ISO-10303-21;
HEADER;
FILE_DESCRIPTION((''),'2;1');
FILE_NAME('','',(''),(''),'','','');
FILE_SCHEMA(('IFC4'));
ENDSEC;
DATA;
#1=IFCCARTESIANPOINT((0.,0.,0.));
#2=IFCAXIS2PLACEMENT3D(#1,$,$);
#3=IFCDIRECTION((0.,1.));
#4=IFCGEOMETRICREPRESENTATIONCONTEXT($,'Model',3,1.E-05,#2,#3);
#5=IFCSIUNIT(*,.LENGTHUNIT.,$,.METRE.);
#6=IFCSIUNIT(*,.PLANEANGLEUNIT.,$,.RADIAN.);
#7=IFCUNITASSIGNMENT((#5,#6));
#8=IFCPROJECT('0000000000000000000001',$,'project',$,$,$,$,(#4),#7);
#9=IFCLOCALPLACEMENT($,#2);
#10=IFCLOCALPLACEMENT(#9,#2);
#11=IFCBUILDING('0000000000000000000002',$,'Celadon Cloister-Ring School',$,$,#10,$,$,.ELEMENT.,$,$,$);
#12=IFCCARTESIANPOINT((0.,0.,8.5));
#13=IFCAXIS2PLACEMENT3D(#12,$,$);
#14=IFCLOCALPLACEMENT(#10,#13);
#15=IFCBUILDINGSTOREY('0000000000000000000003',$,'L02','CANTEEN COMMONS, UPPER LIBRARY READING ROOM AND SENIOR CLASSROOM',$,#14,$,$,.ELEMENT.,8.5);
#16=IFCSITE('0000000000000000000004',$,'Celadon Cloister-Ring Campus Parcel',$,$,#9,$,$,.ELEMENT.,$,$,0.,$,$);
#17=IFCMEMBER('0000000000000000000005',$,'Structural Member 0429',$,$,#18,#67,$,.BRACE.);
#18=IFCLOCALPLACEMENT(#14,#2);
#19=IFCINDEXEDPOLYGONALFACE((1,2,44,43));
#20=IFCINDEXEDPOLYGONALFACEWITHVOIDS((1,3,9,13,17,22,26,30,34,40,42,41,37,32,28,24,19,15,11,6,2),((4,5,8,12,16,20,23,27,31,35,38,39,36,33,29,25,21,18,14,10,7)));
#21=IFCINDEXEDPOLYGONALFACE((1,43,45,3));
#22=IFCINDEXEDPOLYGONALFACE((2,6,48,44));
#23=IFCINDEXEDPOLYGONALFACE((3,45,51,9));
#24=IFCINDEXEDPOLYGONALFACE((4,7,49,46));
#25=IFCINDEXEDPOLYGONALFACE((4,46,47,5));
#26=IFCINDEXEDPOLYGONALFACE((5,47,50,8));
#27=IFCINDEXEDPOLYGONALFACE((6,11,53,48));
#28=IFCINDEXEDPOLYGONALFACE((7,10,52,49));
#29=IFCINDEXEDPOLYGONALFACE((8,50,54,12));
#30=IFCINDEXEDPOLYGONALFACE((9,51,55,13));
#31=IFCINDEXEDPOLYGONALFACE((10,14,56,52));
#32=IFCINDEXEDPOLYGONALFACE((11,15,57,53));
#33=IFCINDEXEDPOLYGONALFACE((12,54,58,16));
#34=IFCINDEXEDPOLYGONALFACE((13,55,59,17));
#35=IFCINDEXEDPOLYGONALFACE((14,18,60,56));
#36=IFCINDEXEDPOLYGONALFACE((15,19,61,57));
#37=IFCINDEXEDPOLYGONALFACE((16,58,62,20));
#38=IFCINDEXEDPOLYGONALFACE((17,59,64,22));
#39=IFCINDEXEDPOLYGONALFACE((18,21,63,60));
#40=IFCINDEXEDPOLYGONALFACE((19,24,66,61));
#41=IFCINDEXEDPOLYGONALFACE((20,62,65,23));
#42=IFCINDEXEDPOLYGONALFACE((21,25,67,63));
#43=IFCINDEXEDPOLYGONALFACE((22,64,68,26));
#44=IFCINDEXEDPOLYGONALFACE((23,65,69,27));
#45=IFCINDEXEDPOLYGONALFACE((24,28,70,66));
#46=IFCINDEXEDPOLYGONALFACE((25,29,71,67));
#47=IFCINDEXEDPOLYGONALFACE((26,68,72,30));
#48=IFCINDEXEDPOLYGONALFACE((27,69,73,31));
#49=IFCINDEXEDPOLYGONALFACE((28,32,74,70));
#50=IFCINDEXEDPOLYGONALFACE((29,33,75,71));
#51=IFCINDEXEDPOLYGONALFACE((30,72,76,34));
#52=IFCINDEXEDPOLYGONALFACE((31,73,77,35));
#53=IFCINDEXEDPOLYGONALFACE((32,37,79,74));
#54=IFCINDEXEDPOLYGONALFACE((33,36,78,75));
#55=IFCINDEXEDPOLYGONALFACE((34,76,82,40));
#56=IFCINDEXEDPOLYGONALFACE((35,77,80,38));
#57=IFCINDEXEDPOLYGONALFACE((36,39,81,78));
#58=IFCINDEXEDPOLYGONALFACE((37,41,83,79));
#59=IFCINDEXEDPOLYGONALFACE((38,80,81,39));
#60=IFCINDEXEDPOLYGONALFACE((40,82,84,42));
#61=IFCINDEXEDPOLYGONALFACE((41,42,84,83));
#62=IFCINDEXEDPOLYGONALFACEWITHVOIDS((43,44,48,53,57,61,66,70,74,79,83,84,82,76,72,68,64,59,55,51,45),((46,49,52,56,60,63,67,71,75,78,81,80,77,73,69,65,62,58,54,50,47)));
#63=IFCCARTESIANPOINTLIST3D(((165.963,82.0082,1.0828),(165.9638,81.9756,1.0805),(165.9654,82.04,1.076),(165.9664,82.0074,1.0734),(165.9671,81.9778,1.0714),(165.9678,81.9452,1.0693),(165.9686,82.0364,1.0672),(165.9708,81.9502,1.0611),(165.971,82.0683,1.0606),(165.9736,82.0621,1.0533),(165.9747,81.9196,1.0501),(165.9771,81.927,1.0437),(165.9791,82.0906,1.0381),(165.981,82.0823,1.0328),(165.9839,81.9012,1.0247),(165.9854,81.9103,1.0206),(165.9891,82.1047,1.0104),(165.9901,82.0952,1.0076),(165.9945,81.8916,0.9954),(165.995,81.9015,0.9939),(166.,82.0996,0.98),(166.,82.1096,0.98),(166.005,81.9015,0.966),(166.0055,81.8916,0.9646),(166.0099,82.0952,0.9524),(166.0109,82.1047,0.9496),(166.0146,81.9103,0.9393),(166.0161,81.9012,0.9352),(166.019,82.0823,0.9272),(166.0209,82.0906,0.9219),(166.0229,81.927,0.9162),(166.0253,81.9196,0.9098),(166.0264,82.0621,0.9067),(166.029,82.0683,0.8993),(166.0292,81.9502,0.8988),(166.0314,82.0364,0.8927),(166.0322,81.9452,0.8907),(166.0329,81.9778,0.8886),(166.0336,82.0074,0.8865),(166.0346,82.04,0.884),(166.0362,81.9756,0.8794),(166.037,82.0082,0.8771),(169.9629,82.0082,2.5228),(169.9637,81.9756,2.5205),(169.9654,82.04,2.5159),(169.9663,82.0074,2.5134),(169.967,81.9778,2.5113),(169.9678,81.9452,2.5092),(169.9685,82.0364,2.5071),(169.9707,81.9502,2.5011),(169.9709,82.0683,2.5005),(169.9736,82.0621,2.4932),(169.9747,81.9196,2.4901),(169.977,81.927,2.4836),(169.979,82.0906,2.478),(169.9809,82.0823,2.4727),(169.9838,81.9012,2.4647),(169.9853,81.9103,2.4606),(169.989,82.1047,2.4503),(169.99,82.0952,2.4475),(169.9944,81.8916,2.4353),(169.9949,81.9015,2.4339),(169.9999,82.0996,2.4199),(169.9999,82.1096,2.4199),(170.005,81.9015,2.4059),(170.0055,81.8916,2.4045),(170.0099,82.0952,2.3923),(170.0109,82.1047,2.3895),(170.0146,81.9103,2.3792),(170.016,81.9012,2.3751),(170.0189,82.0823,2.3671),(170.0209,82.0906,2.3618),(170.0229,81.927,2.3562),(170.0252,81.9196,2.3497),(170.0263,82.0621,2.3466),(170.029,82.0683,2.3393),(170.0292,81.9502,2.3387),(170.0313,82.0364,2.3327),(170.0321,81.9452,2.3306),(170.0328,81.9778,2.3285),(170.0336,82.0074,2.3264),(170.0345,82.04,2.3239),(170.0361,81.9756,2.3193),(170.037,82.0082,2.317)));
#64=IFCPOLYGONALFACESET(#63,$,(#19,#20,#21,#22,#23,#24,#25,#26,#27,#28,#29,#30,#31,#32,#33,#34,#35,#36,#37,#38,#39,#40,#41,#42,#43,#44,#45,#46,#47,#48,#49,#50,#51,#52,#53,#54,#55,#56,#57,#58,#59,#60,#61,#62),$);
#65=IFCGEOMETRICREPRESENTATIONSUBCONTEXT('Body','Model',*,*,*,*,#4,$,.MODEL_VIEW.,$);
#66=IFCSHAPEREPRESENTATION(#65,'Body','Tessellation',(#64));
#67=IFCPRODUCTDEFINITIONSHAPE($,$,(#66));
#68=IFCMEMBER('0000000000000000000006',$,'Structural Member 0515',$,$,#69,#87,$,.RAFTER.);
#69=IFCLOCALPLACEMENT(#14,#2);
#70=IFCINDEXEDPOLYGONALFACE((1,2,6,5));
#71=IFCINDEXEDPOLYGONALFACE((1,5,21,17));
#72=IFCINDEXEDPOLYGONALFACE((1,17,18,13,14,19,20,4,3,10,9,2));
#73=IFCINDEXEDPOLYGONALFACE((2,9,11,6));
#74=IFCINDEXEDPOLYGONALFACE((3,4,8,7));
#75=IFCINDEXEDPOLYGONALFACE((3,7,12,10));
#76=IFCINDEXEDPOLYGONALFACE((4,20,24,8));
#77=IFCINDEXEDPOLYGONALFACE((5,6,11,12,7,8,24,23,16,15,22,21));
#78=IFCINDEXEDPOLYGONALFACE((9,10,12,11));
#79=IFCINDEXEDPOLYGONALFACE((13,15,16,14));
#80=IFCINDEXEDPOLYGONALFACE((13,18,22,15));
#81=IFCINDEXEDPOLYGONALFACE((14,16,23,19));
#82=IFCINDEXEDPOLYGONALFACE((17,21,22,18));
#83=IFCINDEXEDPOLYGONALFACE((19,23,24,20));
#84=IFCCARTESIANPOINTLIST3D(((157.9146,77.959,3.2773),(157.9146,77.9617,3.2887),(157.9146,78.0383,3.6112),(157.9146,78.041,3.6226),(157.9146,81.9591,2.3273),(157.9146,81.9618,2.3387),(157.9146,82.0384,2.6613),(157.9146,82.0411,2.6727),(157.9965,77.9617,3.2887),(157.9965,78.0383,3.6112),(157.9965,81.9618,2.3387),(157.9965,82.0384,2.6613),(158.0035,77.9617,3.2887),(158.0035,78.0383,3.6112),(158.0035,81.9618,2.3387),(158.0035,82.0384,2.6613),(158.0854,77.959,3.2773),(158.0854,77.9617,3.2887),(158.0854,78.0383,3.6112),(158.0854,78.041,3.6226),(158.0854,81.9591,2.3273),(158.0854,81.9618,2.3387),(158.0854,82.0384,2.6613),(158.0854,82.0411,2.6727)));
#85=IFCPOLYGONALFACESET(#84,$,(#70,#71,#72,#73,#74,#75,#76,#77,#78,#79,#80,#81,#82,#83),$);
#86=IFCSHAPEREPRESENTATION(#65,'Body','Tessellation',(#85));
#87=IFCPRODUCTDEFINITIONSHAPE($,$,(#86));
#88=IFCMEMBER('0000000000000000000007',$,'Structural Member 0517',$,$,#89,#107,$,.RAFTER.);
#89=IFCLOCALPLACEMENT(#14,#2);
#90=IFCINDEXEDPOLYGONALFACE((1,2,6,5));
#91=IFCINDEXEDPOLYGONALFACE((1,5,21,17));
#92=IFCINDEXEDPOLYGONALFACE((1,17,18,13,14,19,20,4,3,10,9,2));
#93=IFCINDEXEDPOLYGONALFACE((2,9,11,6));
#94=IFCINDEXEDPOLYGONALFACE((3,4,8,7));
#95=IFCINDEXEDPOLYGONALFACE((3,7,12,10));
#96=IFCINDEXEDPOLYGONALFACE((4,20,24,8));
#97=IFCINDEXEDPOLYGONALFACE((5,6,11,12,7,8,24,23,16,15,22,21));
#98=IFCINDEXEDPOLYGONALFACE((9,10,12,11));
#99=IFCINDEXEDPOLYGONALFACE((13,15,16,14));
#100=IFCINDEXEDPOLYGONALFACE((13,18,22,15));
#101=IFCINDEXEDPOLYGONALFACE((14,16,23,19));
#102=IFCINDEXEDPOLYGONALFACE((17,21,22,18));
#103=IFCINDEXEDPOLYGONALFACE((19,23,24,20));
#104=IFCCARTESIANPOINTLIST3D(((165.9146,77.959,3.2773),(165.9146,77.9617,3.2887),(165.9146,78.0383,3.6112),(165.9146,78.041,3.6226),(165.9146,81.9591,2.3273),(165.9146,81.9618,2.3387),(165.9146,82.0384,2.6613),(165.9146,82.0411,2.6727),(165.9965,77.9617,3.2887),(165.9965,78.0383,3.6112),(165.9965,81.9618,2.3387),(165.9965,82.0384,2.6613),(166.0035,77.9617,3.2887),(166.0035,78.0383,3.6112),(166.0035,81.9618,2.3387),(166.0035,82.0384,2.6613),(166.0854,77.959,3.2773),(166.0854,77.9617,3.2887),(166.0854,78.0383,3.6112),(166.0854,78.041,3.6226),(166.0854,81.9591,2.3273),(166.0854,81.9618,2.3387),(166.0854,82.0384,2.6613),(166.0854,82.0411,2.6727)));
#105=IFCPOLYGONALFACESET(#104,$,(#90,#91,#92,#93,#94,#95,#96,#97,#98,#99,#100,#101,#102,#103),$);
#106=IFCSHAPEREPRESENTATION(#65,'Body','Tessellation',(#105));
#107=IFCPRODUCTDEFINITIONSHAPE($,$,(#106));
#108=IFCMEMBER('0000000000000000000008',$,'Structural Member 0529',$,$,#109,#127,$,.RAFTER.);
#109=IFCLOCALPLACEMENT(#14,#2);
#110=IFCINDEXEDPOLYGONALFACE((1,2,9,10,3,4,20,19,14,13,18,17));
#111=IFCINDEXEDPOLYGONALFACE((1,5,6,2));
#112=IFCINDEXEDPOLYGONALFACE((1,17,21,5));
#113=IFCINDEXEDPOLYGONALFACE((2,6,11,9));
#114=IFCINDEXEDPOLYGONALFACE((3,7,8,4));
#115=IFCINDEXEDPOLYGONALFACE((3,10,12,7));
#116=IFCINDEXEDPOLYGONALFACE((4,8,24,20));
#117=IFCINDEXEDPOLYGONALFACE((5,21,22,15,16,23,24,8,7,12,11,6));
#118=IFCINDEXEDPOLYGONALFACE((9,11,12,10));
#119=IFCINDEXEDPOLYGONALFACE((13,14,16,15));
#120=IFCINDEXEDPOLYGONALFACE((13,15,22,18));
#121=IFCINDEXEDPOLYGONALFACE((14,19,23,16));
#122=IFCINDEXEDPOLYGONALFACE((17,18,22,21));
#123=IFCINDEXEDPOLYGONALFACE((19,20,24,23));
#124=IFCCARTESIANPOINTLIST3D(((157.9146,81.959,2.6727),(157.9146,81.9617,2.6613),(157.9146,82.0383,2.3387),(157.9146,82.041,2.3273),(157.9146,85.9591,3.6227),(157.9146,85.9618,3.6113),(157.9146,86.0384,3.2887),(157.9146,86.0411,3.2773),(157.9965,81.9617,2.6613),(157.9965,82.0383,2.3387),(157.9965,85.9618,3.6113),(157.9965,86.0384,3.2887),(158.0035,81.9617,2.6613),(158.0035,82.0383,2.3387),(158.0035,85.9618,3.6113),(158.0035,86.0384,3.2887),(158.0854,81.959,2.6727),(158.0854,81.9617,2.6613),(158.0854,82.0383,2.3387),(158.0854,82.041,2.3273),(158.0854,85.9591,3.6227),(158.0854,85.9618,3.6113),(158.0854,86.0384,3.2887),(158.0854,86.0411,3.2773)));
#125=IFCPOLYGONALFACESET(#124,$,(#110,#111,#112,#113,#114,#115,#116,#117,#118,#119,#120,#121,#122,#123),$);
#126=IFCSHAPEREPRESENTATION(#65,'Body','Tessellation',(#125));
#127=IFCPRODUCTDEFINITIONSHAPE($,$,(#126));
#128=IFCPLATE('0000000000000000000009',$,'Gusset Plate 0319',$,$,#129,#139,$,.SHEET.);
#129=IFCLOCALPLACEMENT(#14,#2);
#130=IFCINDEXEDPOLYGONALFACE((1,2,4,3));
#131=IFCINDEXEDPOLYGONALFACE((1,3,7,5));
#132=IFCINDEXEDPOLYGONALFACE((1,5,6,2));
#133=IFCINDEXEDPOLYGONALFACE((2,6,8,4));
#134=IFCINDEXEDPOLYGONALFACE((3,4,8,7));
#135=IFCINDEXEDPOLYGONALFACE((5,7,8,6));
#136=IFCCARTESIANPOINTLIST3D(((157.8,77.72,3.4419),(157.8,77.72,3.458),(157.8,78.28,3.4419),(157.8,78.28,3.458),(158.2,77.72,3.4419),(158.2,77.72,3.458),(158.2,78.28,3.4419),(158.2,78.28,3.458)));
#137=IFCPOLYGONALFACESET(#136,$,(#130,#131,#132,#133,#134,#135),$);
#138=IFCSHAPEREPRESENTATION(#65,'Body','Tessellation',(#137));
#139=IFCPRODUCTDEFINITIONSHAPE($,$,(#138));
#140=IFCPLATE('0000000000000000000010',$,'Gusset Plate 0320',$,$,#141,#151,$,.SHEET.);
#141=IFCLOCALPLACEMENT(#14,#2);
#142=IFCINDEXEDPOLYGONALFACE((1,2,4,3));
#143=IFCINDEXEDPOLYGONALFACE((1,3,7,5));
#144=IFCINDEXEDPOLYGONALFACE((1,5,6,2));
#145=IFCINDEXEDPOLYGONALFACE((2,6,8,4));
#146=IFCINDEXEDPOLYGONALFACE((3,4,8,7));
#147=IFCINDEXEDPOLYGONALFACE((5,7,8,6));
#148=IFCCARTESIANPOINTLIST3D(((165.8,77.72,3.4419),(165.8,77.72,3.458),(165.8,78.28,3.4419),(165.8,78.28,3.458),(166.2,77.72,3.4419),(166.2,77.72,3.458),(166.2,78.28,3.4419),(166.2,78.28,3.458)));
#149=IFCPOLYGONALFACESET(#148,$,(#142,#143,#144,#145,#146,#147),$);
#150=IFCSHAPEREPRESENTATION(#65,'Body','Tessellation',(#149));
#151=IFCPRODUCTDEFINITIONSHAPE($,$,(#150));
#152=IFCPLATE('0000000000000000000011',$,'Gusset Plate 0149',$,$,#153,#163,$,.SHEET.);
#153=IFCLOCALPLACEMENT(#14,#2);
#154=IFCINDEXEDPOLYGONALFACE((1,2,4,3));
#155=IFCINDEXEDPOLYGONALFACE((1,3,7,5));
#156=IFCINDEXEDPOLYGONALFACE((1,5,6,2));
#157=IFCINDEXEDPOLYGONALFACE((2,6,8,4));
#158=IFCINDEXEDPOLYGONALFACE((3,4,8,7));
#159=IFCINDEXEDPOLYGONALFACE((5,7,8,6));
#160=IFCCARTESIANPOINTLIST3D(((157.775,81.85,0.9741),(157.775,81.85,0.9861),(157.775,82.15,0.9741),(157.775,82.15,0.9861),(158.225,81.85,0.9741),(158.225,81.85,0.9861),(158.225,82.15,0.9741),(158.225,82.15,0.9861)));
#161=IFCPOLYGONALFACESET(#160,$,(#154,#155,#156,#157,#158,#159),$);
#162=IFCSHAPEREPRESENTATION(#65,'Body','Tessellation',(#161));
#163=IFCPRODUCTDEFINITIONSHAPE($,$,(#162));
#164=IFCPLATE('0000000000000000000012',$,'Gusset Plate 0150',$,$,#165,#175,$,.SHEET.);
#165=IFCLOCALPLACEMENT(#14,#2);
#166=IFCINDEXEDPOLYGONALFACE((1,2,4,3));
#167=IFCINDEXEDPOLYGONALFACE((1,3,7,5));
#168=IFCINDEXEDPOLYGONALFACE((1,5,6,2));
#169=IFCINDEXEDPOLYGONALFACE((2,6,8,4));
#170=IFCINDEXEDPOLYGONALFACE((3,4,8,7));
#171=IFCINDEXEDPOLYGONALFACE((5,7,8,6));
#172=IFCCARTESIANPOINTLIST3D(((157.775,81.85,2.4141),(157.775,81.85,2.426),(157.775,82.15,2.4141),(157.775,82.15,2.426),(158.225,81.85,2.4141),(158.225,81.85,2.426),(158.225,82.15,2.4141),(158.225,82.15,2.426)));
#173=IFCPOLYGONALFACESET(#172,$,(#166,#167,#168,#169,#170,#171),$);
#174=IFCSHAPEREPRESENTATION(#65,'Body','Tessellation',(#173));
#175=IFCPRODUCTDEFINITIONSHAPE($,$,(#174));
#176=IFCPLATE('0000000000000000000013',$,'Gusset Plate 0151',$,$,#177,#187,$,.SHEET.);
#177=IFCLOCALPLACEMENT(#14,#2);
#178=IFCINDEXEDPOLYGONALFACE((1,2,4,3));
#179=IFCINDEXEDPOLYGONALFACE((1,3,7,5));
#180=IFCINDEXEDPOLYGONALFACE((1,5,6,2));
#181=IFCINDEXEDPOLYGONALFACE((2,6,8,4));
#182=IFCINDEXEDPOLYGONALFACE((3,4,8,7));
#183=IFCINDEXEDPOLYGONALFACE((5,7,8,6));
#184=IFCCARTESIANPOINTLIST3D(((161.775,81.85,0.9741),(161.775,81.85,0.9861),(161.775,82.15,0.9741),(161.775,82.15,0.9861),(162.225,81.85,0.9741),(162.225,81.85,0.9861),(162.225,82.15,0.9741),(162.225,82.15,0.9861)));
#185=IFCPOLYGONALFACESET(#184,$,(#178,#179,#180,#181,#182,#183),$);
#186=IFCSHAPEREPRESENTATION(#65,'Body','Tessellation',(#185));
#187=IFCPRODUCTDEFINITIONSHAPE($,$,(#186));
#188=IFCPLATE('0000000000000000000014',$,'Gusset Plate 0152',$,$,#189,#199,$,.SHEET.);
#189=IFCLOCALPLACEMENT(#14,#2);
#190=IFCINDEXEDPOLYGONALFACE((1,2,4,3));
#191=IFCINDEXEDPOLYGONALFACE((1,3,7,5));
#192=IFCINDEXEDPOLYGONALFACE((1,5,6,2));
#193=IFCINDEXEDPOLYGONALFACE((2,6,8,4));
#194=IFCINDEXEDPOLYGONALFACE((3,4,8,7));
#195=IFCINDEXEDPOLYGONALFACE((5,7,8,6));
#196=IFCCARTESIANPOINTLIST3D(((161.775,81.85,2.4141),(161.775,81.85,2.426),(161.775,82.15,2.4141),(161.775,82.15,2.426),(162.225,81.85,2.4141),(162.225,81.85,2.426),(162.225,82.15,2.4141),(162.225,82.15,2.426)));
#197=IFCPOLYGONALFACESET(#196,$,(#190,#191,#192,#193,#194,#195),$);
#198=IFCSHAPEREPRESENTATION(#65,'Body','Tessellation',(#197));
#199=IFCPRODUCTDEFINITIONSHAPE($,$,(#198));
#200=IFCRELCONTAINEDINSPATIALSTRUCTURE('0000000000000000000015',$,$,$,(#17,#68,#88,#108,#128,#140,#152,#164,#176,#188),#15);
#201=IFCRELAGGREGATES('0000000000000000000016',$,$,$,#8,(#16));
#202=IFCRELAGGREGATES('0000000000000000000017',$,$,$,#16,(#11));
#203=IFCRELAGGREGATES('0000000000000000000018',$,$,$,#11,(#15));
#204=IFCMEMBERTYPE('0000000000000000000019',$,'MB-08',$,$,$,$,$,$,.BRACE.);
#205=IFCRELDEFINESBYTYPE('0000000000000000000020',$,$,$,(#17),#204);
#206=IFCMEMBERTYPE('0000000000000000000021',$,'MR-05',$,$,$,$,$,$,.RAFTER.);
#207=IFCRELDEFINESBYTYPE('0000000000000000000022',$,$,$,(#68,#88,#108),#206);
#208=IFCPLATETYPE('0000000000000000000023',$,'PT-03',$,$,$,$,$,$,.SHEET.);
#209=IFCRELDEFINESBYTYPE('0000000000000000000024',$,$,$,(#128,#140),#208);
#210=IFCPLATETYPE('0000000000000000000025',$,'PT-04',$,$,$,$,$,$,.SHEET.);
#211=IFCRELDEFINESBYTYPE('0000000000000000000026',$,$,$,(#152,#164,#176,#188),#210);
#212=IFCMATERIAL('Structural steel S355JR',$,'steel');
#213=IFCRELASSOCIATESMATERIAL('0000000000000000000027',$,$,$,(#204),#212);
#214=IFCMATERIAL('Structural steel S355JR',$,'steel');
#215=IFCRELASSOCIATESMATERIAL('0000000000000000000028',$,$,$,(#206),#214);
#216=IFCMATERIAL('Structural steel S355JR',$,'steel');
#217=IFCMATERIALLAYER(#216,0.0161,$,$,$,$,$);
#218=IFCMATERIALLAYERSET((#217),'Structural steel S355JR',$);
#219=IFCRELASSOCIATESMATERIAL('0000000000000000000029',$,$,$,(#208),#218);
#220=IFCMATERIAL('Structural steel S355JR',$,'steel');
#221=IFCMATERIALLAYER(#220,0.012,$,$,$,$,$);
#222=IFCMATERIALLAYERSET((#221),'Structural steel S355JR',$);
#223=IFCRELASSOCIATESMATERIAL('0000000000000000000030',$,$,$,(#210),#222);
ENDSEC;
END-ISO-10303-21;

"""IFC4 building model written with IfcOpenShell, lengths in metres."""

from ifc_helpers import new_model, si_unit, direction, frame, origin, origin_2d, place, context, subcontext, project, spatial, rectangle, hollow_circle, i_section, extrude, material, layer, layer_set, material_profile, profile_set, type_object, element, save


model = new_model("IFC4")

# Units and contexts
model_context = context("Model", 3, precision=1e-05, world=origin(), true_north=direction((0.0, 1.0)))
body_context = subcontext(model_context, "Body", "Model", "MODEL_VIEW")
ifc_project = project(units=[si_unit("LENGTHUNIT", "METRE"), si_unit("PLANEANGLEUNIT", "RADIAN")], contexts=[model_context])

# Site, building, storey
site_placement = place(None, origin())
site = spatial("IfcSite", under=ifc_project, at=site_placement, Name="Celadon Cloister-Ring Campus Parcel", CompositionType="ELEMENT", RefElevation=0.0)
building_placement = place(site_placement, origin())
building = spatial("IfcBuilding", under=site, at=building_placement, Name="Celadon Cloister-Ring School", CompositionType="ELEMENT")
storey_placement = place(building_placement, frame((0.0, 0.0, 8.5)))
storey = spatial("IfcBuildingStorey", under=building, at=storey_placement, Name="L02", Description="CANTEEN COMMONS, UPPER LIBRARY READING ROOM AND SENIOR CLASSROOM", CompositionType="ELEMENT", Elevation=8.5)

# Members
ifc_material_1 = material(Name="Structural steel S355JR", Category="steel")
ifc_material_profile_1 = material_profile(ifc_material_1, hollow_circle(Radius=0.1096, WallThickness=0.01, at=origin_2d()), Name="CHS219.1X10")
ifc_profile_set_1 = profile_set([ifc_material_profile_1], Name="Structural steel S355JR")
member_type_1 = type_object("IfcMemberType", Name="MB-08", PredefinedType="BRACE", material=ifc_profile_set_1)
for number, where, z_axis, x_axis, name in (
    (1, (166.0, 82.0, 0.98), (0.940892, 0.0, 0.338707), (0.0, 1.0, 0.0), "Structural Member 0429"),
):
    element("IfcMember", number, at=place(storey_placement, frame(where, z_axis=z_axis, x_axis=x_axis)), inside=storey, type_object=member_type_1, Name=name, PredefinedType="BRACE", context=body_context, shape_type="SweptSolid", body=[
        extrude(hollow_circle(Radius=0.1096, WallThickness=0.01, at=origin_2d()), origin(), (0.0, 0.0, 1.0), 4.2512),
    ])
ifc_material_2 = material(Name="Structural steel S355JR", Category="steel")
ifc_material_profile_2 = material_profile(ifc_material_2, i_section(OverallWidth=0.1709, OverallDepth=0.355, WebThickness=0.0071, FlangeThickness=0.0117, at=origin_2d()), Name="W360X51")
ifc_profile_set_2 = profile_set([ifc_material_profile_2], Name="Structural steel S355JR")
member_type_2 = type_object("IfcMemberType", Name="MR-05", PredefinedType="RAFTER", material=ifc_profile_set_2)
for number, where, z_axis, x_axis, name in (
    (2, (158.0, 78.0, 3.45), (0.0, 0.972939, -0.231061), (-1.0, 0.0, 0.0), "Structural Member 0515"),
    (3, (166.0, 78.0, 3.45), (0.0, 0.972939, -0.231061), (-1.0, 0.0, 0.0), "Structural Member 0517"),
    (4, (158.0, 82.0, 2.5), (0.0, 0.972939, 0.231061), (-1.0, 0.0, 0.0), "Structural Member 0529"),
):
    element("IfcMember", number, at=place(storey_placement, frame(where, z_axis=z_axis, x_axis=x_axis)), inside=storey, type_object=member_type_2, Name=name, PredefinedType="RAFTER", context=body_context, shape_type="SweptSolid", body=[
        extrude(i_section(OverallWidth=0.1709, OverallDepth=0.355, WebThickness=0.0071, FlangeThickness=0.0117, at=origin_2d()), origin(), (0.0, 0.0, 1.0), 4.1113),
    ])

# Plates
ifc_material_3 = material(Name="Structural steel S355JR", Category="steel")
ifc_layer_1 = layer(ifc_material_3, 0.0161)
ifc_layer_set_1 = layer_set([ifc_layer_1], Name="Structural steel S355JR")
plate_type_1 = type_object("IfcPlateType", Name="PT-03", PredefinedType="SHEET", material=ifc_layer_set_1)
for number, where, z_axis, x_axis, name in (
    (5, (158.0, 78.0, 3.4419), (0.0, 0.0, 1.0), (0.0, 1.0, 0.0), "Gusset Plate 0319"),
    (6, (166.0, 78.0, 3.4419), (0.0, 0.0, 1.0), (0.0, 1.0, 0.0), "Gusset Plate 0320"),
):
    element("IfcPlate", number, at=place(storey_placement, frame(where, z_axis=z_axis, x_axis=x_axis)), inside=storey, type_object=plate_type_1, Name=name, PredefinedType="SHEET", context=body_context, shape_type="SweptSolid", body=[
        extrude(rectangle(XDim=0.5601, YDim=0.3999, at=origin_2d()), origin(), (0.0, 0.0, 1.0), 0.0161),
    ])
ifc_material_4 = material(Name="Structural steel S355JR", Category="steel")
ifc_layer_2 = layer(ifc_material_4, 0.012)
ifc_layer_set_2 = layer_set([ifc_layer_2], Name="Structural steel S355JR")
plate_type_2 = type_object("IfcPlateType", Name="PT-04", PredefinedType="SHEET", material=ifc_layer_set_2)
for number, where, z_axis, x_axis, name in (
    (7, (158.0, 82.0, 0.9741), (0.0, 0.0, 1.0), (1.0, 0.0, 0.0), "Gusset Plate 0149"),
    (8, (158.0, 82.0, 2.4141), (0.0, 0.0, 1.0), (1.0, 0.0, 0.0), "Gusset Plate 0150"),
    (9, (162.0, 82.0, 0.9741), (0.0, 0.0, 1.0), (1.0, 0.0, 0.0), "Gusset Plate 0151"),
    (10, (162.0, 82.0, 2.4141), (0.0, 0.0, 1.0), (1.0, 0.0, 0.0), "Gusset Plate 0152"),
):
    element("IfcPlate", number, at=place(storey_placement, frame(where, z_axis=z_axis, x_axis=x_axis)), inside=storey, type_object=plate_type_2, Name=name, PredefinedType="SHEET", context=body_context, shape_type="SweptSolid", body=[
        extrude(rectangle(XDim=0.45, YDim=0.3, at=origin_2d()), origin(), (0.0, 0.0, 1.0), 0.012),
    ])

save(model, "model.ifc")
